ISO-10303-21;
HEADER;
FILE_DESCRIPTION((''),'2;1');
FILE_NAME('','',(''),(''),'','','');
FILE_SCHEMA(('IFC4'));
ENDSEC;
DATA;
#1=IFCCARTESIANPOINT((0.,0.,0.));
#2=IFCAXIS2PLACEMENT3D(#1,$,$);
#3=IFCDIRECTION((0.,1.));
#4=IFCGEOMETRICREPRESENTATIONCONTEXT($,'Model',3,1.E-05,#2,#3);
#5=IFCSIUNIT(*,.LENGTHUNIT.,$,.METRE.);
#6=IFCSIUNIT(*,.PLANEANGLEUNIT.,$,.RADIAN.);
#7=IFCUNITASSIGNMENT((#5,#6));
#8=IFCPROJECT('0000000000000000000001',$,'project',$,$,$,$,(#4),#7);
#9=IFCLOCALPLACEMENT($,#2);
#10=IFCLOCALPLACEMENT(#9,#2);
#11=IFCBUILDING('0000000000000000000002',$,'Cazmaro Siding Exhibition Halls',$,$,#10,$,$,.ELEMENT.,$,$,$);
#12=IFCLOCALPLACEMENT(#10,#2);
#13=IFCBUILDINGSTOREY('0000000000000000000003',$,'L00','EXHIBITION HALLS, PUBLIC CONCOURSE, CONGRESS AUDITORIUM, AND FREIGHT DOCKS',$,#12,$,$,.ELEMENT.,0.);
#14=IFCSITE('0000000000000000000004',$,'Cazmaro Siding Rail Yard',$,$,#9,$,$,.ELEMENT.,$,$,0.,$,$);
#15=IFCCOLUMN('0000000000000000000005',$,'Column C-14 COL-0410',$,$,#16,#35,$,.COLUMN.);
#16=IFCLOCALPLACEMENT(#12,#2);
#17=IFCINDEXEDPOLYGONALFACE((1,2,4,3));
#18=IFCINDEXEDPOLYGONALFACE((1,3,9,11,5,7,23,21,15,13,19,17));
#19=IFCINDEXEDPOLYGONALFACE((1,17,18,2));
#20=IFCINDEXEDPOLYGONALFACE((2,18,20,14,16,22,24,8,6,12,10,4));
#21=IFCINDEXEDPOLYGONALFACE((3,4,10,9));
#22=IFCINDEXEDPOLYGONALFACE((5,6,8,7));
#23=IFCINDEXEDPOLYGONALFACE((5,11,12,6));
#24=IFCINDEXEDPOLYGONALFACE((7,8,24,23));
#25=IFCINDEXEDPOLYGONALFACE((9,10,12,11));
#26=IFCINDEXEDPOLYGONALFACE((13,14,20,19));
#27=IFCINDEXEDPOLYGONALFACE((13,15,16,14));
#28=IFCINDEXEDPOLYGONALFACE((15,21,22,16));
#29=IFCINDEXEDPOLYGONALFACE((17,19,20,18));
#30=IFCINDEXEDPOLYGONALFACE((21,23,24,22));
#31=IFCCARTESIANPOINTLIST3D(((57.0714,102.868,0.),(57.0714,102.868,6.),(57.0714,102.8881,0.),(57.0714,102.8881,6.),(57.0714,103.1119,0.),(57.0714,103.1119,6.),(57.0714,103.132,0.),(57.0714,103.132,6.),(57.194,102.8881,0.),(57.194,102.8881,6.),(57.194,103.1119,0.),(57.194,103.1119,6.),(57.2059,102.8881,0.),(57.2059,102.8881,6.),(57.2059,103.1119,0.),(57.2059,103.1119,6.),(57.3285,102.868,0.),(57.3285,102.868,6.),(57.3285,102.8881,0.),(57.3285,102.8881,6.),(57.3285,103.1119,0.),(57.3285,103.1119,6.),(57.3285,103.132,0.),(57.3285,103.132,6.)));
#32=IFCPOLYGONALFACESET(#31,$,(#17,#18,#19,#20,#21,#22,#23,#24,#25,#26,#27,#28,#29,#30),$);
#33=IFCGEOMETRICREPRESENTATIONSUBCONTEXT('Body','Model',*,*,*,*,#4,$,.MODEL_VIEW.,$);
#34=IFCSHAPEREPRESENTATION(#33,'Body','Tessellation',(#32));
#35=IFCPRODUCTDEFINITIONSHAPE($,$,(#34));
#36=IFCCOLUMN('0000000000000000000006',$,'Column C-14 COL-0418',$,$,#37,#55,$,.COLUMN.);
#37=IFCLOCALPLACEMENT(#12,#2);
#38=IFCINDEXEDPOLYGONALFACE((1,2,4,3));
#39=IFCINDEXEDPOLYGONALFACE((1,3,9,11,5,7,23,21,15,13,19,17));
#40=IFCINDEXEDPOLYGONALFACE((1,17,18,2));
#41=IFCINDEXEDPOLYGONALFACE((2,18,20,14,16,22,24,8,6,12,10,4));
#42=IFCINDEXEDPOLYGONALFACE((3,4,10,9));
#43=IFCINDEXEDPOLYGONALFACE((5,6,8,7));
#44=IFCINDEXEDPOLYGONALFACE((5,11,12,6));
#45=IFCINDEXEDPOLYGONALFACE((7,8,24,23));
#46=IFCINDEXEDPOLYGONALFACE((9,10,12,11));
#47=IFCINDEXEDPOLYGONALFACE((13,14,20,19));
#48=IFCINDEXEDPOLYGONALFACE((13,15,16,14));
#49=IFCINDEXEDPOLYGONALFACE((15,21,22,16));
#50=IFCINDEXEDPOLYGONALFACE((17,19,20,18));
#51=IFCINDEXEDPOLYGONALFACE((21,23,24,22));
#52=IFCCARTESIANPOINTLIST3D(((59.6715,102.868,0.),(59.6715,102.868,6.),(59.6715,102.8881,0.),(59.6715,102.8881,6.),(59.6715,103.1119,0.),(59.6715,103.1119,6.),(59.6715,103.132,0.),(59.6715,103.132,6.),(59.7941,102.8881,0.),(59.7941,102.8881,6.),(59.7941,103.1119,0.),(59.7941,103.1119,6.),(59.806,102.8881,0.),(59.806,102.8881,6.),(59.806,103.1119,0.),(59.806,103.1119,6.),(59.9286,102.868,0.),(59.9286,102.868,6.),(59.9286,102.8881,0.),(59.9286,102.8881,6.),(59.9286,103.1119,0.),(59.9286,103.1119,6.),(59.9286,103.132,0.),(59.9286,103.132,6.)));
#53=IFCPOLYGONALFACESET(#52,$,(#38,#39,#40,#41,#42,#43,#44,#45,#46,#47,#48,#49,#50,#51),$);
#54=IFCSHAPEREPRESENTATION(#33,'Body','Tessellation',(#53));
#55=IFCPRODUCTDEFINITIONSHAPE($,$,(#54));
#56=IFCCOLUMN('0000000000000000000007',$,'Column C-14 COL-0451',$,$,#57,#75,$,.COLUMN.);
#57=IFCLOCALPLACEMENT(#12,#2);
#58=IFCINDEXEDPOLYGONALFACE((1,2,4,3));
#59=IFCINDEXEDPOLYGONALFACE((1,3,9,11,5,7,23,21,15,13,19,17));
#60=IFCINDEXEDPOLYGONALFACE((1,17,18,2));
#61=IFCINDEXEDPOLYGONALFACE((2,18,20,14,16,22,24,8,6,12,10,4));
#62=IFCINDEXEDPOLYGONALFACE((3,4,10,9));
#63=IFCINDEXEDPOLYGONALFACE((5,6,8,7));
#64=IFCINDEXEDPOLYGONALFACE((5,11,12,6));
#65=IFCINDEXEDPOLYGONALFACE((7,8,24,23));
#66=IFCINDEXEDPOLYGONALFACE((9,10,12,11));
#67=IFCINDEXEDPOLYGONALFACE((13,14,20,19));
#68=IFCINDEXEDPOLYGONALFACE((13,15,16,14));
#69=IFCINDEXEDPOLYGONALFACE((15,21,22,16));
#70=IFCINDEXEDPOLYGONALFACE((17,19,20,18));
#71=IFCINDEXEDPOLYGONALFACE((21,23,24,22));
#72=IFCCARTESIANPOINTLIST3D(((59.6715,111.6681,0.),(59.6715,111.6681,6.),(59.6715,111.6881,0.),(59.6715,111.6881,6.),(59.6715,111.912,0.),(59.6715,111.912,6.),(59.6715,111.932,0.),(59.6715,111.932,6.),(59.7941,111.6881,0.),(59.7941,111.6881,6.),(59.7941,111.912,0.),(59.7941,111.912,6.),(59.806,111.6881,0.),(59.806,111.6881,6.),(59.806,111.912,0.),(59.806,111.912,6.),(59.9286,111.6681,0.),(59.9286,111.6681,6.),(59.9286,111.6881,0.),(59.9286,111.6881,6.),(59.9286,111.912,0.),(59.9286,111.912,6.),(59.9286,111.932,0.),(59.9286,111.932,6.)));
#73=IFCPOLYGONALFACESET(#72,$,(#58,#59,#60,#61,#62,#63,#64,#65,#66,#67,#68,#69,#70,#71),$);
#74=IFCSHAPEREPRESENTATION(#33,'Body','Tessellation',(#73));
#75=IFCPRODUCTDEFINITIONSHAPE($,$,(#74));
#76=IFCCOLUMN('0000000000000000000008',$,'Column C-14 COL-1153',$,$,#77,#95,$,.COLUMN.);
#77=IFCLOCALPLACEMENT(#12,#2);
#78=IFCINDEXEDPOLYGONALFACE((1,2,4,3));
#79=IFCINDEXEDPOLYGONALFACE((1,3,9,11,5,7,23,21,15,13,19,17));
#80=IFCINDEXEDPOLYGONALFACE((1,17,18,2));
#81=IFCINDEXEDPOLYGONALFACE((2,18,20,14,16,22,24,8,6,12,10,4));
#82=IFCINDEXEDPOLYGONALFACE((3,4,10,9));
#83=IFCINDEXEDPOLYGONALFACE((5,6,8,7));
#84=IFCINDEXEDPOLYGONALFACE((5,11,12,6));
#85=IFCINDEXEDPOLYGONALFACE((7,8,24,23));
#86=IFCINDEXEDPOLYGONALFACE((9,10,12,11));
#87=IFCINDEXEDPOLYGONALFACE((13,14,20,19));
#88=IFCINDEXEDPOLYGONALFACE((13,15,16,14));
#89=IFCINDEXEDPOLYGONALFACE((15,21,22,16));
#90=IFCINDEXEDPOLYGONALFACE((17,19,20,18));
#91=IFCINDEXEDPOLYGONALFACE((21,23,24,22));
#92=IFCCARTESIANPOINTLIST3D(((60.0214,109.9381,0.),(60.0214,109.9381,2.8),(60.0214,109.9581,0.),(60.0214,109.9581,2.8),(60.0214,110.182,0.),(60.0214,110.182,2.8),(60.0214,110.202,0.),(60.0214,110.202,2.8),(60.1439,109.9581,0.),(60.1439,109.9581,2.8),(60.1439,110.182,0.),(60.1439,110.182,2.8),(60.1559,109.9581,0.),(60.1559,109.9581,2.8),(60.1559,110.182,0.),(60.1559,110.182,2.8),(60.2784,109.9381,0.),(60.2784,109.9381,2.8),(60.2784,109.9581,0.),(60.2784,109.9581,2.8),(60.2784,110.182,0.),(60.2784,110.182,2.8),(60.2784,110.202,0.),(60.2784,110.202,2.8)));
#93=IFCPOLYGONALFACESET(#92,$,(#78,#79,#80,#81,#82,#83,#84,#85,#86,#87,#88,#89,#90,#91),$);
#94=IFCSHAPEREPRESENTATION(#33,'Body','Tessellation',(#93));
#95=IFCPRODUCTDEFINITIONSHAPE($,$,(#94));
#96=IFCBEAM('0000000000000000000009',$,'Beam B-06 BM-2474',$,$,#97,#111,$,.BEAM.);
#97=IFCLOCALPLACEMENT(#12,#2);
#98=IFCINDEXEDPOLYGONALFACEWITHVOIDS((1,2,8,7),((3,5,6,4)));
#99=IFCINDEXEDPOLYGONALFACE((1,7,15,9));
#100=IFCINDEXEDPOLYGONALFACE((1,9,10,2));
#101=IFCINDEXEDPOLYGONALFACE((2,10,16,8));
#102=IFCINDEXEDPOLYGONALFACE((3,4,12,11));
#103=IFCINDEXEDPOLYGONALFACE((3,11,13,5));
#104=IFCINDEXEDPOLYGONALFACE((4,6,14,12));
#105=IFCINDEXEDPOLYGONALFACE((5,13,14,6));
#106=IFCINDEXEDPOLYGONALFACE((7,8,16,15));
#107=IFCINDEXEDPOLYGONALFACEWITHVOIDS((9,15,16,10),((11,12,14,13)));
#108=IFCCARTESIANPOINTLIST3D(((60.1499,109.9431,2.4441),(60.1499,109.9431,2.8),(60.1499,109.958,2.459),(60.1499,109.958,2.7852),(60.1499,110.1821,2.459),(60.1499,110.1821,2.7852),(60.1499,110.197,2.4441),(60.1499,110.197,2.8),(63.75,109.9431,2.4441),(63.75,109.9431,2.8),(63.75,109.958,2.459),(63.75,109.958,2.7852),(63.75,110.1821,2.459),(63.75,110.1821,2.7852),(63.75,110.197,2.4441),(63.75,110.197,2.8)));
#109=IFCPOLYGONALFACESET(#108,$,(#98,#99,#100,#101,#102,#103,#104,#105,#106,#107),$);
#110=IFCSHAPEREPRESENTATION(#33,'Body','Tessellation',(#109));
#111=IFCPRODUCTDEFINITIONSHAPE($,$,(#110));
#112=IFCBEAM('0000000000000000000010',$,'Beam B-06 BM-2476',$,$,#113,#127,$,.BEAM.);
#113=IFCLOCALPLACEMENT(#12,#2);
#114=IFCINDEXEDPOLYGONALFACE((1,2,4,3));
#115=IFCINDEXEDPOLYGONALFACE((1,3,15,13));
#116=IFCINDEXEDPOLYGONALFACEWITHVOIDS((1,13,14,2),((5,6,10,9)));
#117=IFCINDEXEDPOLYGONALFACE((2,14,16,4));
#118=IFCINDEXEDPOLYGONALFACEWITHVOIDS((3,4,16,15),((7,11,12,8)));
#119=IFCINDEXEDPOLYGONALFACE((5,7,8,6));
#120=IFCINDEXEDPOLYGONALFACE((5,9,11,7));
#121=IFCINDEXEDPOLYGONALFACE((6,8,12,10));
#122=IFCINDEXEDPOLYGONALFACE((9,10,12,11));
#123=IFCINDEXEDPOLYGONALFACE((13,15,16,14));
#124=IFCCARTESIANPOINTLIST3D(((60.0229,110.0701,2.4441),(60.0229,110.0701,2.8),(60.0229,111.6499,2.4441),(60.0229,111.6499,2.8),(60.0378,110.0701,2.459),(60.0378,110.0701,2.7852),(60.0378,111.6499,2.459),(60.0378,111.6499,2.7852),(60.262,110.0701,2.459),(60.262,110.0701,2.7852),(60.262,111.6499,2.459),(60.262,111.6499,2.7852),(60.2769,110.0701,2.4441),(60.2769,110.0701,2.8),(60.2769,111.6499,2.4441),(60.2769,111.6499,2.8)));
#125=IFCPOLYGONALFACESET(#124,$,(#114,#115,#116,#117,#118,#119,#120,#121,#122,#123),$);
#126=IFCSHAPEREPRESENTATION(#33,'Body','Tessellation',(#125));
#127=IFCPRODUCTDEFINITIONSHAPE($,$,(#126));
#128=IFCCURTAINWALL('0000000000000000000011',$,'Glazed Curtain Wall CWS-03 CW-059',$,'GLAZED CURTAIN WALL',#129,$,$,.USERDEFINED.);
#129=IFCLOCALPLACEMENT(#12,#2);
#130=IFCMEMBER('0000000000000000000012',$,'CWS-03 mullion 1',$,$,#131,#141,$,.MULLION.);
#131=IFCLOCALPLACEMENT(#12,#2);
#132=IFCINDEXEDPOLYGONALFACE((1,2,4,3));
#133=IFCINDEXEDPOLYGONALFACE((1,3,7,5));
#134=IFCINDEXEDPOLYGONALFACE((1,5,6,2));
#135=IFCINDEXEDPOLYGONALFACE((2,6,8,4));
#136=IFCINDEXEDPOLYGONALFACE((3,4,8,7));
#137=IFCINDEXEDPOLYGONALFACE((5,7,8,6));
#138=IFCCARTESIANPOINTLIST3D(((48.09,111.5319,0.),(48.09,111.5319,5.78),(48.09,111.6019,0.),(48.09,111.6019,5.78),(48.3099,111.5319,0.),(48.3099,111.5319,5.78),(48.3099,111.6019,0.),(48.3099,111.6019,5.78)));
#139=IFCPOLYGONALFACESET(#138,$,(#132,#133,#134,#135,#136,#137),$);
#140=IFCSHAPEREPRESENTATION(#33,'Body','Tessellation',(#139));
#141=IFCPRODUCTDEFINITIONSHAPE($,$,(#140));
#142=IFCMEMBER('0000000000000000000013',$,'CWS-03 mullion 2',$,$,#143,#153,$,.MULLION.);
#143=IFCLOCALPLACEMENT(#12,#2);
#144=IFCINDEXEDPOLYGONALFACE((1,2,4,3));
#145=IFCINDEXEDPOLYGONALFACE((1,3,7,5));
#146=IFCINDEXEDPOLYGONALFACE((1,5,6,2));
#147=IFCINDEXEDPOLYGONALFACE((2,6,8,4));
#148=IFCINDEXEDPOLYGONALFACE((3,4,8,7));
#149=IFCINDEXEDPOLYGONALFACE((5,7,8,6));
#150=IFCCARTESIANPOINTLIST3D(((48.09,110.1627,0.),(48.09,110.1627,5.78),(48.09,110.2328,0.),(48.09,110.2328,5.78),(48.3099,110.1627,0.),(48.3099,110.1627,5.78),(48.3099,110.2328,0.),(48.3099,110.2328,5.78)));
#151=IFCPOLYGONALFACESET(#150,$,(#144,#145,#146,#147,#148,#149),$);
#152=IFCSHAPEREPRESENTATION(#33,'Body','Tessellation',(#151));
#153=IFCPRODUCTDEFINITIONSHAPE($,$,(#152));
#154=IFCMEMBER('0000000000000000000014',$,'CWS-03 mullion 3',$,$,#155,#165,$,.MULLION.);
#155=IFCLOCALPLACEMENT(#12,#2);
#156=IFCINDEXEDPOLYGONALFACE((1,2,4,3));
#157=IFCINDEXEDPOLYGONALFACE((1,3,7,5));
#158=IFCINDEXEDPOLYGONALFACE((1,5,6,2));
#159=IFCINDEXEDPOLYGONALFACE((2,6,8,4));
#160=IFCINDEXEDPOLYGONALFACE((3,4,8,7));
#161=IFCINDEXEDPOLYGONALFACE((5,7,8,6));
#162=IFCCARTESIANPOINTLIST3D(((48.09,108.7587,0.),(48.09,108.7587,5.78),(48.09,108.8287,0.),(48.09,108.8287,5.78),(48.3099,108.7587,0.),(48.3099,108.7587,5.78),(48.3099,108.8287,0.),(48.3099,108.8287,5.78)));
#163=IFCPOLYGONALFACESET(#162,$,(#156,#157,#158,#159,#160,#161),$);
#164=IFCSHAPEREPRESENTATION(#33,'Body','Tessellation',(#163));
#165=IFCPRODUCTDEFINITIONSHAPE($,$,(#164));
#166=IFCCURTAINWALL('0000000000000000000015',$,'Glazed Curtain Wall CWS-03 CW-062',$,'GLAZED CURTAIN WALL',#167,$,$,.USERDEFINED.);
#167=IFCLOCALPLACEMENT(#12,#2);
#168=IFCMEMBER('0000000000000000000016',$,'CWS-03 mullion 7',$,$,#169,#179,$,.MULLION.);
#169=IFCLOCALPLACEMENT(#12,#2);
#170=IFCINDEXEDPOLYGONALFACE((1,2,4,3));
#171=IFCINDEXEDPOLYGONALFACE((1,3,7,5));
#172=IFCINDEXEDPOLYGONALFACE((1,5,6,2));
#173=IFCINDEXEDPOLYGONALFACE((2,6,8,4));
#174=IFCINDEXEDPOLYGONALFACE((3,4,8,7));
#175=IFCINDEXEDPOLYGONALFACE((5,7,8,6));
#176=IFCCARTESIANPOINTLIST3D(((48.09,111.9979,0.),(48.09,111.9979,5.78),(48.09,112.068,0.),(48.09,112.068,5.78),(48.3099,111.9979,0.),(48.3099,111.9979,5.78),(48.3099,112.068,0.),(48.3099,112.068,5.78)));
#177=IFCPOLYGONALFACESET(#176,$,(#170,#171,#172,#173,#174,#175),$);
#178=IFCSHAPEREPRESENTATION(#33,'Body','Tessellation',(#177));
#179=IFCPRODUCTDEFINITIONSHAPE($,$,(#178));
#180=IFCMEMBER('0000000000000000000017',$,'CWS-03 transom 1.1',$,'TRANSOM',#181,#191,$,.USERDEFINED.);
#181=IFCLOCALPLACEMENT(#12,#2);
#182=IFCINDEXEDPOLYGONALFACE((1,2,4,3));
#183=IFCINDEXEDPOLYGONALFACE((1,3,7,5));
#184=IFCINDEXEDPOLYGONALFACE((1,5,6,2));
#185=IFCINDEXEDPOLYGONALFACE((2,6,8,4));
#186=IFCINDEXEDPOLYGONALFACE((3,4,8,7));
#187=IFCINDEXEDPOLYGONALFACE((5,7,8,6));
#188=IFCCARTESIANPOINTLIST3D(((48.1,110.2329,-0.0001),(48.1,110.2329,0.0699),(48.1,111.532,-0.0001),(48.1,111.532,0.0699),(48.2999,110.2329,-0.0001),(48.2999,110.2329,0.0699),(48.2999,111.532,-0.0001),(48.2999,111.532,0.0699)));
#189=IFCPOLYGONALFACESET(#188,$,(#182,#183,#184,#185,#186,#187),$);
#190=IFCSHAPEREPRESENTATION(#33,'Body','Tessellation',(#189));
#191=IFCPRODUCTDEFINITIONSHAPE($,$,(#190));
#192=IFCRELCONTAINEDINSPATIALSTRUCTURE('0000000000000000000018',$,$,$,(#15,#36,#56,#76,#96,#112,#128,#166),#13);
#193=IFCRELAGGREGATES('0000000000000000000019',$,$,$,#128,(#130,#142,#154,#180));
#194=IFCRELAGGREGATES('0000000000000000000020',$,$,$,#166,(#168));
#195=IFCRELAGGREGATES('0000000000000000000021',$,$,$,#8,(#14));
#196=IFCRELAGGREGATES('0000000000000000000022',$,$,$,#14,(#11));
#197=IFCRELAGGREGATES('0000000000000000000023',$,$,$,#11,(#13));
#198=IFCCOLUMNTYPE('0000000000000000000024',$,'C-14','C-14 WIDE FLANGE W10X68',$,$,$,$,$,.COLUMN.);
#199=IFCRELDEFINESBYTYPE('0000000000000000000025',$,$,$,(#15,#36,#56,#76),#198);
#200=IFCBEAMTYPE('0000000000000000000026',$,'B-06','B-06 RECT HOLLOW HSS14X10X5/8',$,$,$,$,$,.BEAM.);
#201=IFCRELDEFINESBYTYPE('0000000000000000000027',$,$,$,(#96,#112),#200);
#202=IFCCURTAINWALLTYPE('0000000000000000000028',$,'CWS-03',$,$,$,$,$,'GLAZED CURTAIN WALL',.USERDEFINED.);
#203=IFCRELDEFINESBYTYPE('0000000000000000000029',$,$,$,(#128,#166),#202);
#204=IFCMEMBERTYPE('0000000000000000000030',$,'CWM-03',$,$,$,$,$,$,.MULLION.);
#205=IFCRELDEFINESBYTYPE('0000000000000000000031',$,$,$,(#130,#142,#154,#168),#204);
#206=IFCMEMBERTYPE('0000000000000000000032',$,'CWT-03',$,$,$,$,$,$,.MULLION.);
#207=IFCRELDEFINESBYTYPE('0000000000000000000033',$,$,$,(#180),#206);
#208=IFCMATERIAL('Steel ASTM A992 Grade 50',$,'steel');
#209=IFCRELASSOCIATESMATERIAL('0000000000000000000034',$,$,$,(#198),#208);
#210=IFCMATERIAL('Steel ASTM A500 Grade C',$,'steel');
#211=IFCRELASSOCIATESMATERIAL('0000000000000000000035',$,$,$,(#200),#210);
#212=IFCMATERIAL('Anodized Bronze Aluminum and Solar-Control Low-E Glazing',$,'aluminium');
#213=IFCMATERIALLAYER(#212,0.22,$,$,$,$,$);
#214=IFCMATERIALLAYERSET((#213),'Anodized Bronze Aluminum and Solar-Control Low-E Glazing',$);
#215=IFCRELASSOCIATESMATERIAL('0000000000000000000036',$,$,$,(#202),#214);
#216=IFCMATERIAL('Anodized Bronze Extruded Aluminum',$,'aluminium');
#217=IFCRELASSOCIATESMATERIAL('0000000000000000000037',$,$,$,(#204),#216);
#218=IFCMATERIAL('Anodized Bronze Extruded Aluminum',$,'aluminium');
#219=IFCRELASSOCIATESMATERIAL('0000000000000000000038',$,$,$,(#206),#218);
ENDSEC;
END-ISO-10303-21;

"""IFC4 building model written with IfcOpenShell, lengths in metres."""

from ifc_helpers import new_model, si_unit, direction, frame, origin, origin_2d, place, context, subcontext, project, spatial, rectangle, hollow_rectangle, i_section, extrude, material, layer, layer_set, material_profile, profile_set, type_object, element, aggregate, save


model = new_model("IFC4")

# Units and contexts
model_context = context("Model", 3, precision=1e-05, world=origin(), true_north=direction((0.0, 1.0)))
body_context = subcontext(model_context, "Body", "Model", "MODEL_VIEW")
ifc_project = project(units=[si_unit("LENGTHUNIT", "METRE"), si_unit("PLANEANGLEUNIT", "RADIAN")], contexts=[model_context])

# Site, building, storey
site_placement = place(None, origin())
site = spatial("IfcSite", under=ifc_project, at=site_placement, Name="Cazmaro Siding Rail Yard", CompositionType="ELEMENT", RefElevation=0.0)
building_placement = place(site_placement, origin())
building = spatial("IfcBuilding", under=site, at=building_placement, Name="Cazmaro Siding Exhibition Halls", CompositionType="ELEMENT")
storey_placement = place(building_placement, origin())
storey = spatial("IfcBuildingStorey", under=building, at=storey_placement, Name="L00", Description="EXHIBITION HALLS, PUBLIC CONCOURSE, CONGRESS AUDITORIUM, AND FREIGHT DOCKS", CompositionType="ELEMENT", Elevation=0.0)

# Columns
ifc_material_1 = material(Name="Steel ASTM A992 Grade 50", Category="steel")
ifc_material_profile_1 = material_profile(ifc_material_1, i_section(OverallWidth=0.2571, OverallDepth=0.2639, WebThickness=0.012, FlangeThickness=0.02, at=origin_2d()), Name="W10X68")
ifc_profile_set_1 = profile_set([ifc_material_profile_1], Name="Steel ASTM A992 Grade 50")
column_type_1 = type_object("IfcColumnType", Name="C-14", Description="C-14 WIDE FLANGE W10X68", PredefinedType="COLUMN", material=ifc_profile_set_1)
for number, where, z_axis, x_axis, name in (
    (1, (57.2, 103.0, 0.0), (0.0, 0.0, 1.0), (1.0, 0.0, 0.0), "Column C-14 COL-0410"),
    (2, (59.8, 103.0, 0.0), (0.0, 0.0, 1.0), (1.0, 0.0, 0.0), "Column C-14 COL-0418"),
    (3, (59.8, 111.8, 0.0), (0.0, 0.0, 1.0), (1.0, 0.0, 0.0), "Column C-14 COL-0451"),
):
    element("IfcColumn", number, at=place(storey_placement, frame(where, z_axis=z_axis, x_axis=x_axis)), inside=storey, type_object=column_type_1, Name=name, PredefinedType="COLUMN", context=body_context, shape_type="SweptSolid", body=[
        extrude(i_section(OverallWidth=0.2571, OverallDepth=0.2639, WebThickness=0.012, FlangeThickness=0.02, at=origin_2d()), origin(), (0.0, 0.0, 1.0), 6.0),
    ])
column_placement = place(storey_placement, frame((60.1499, 110.0701, 0.0), z_axis=(0.0, 0.0, 1.0), x_axis=(1.0, 0.0, 0.0)))
element("IfcColumn", 4, at=column_placement, inside=storey, type_object=column_type_1, Name="Column C-14 COL-1153", PredefinedType="COLUMN", context=body_context, shape_type="SweptSolid", body=[
    extrude(i_section(OverallWidth=0.2571, OverallDepth=0.2639, WebThickness=0.012, FlangeThickness=0.02, at=origin_2d()), origin(), (0.0, 0.0, 1.0), 2.8),
])

# Beams
ifc_material_2 = material(Name="Steel ASTM A500 Grade C", Category="steel")
ifc_material_profile_2 = material_profile(ifc_material_2, hollow_rectangle(XDim=0.2539, YDim=0.356, WallThickness=0.0149, at=origin_2d()), Name="HSS14X10X5/8")
ifc_profile_set_2 = profile_set([ifc_material_profile_2], Name="Steel ASTM A500 Grade C")
beam_type = type_object("IfcBeamType", Name="B-06", Description="B-06 RECT HOLLOW HSS14X10X5/8", PredefinedType="BEAM", material=ifc_profile_set_2)
beam_1_placement = place(storey_placement, frame((60.1499, 110.0701, 2.6221), z_axis=(1.0, 0.0, 0.0), x_axis=(0.0, 1.0, 0.0)))
element("IfcBeam", 5, at=beam_1_placement, inside=storey, type_object=beam_type, Name="Beam B-06 BM-2474", PredefinedType="BEAM", context=body_context, shape_type="SweptSolid", body=[
    extrude(hollow_rectangle(XDim=0.2539, YDim=0.356, WallThickness=0.0149, at=origin_2d()), origin(), (0.0, 0.0, 1.0), 3.6001),
])
beam_2_placement = place(storey_placement, frame((60.1499, 110.0701, 2.6221), z_axis=(0.0, 1.0, 0.0), x_axis=(-1.0, 0.0, 0.0)))
element("IfcBeam", 6, at=beam_2_placement, inside=storey, type_object=beam_type, Name="Beam B-06 BM-2476", PredefinedType="BEAM", context=body_context, shape_type="SweptSolid", body=[
    extrude(hollow_rectangle(XDim=0.2539, YDim=0.356, WallThickness=0.0149, at=origin_2d()), origin(), (0.0, 0.0, 1.0), 1.5798),
])

# Curtain wall, members
ifc_material_3 = material(Name="Anodized Bronze Aluminum and Solar-Control Low-E Glazing", Category="aluminium")
ifc_layer_1 = layer(ifc_material_3, 0.22)
ifc_layer_set_1 = layer_set([ifc_layer_1], Name="Anodized Bronze Aluminum and Solar-Control Low-E Glazing")
curtain_wall_type = type_object("IfcCurtainWallType", Name="CWS-03", ElementType="GLAZED CURTAIN WALL", PredefinedType="USERDEFINED", material=ifc_layer_set_1)
curtain_wall_1_placement = place(storey_placement, origin())
curtain_wall_1 = element("IfcCurtainWall", 7, at=curtain_wall_1_placement, inside=storey, type_object=curtain_wall_type, Name="Glazed Curtain Wall CWS-03 CW-059", ObjectType="GLAZED CURTAIN WALL", PredefinedType="USERDEFINED")
ifc_material_4 = material(Name="Anodized Bronze Extruded Aluminum", Category="aluminium")
ifc_material_profile_3 = material_profile(ifc_material_4, rectangle(XDim=0.22, YDim=0.0701, at=origin_2d()), Name="CWM-03")
ifc_profile_set_3 = profile_set([ifc_material_profile_3], Name="Anodized Bronze Extruded Aluminum")
member_type_1 = type_object("IfcMemberType", Name="CWM-03", PredefinedType="MULLION", material=ifc_profile_set_3)
member_1_placement = place(storey_placement, frame((48.2, 111.5669, 0.0), z_axis=(0.0, 0.0, 1.0), x_axis=(1.0, 0.0, 0.0)))
member_1 = element("IfcMember", 8, at=member_1_placement, type_object=member_type_1, Name="CWS-03 mullion 1", PredefinedType="MULLION", context=body_context, shape_type="SweptSolid", body=[
    extrude(rectangle(XDim=0.22, YDim=0.0701, at=origin_2d()), origin(), (0.0, 0.0, 1.0), 5.78),
])
member_2_placement = place(storey_placement, frame((48.2, 110.1978, 0.0), z_axis=(0.0, 0.0, 1.0), x_axis=(1.0, 0.0, 0.0)))
member_2 = element("IfcMember", 9, at=member_2_placement, type_object=member_type_1, Name="CWS-03 mullion 2", PredefinedType="MULLION", context=body_context, shape_type="SweptSolid", body=[
    extrude(rectangle(XDim=0.22, YDim=0.0701, at=origin_2d()), origin(), (0.0, 0.0, 1.0), 5.78),
])
member_3_placement = place(storey_placement, frame((48.2, 108.7937, 0.0), z_axis=(0.0, 0.0, 1.0), x_axis=(1.0, 0.0, 0.0)))
member_3 = element("IfcMember", 10, at=member_3_placement, type_object=member_type_1, Name="CWS-03 mullion 3", PredefinedType="MULLION", context=body_context, shape_type="SweptSolid", body=[
    extrude(rectangle(XDim=0.22, YDim=0.0701, at=origin_2d()), origin(), (0.0, 0.0, 1.0), 5.78),
])

# Curtain wall, member
curtain_wall_2_placement = place(storey_placement, origin())
curtain_wall_2 = element("IfcCurtainWall", 11, at=curtain_wall_2_placement, inside=storey, type_object=curtain_wall_type, Name="Glazed Curtain Wall CWS-03 CW-062", ObjectType="GLAZED CURTAIN WALL", PredefinedType="USERDEFINED")
member_4_placement = place(storey_placement, frame((48.2, 112.033, 0.0), z_axis=(0.0, 0.0, 1.0), x_axis=(1.0, 0.0, 0.0)))
member_4 = element("IfcMember", 12, at=member_4_placement, type_object=member_type_1, Name="CWS-03 mullion 7", PredefinedType="MULLION", context=body_context, shape_type="SweptSolid", body=[
    extrude(rectangle(XDim=0.22, YDim=0.0701, at=origin_2d()), origin(), (0.0, 0.0, 1.0), 5.78),
])

# Member
ifc_material_5 = material(Name="Anodized Bronze Extruded Aluminum", Category="aluminium")
ifc_material_profile_4 = material_profile(ifc_material_5, rectangle(XDim=0.2, YDim=0.0701, at=origin_2d()), Name="CWT-03")
ifc_profile_set_4 = profile_set([ifc_material_profile_4], Name="Anodized Bronze Extruded Aluminum")
member_type_2 = type_object("IfcMemberType", Name="CWT-03", PredefinedType="MULLION", material=ifc_profile_set_4)
member_5_placement = place(storey_placement, frame((48.2, 111.532, 0.0349), z_axis=(0.0, -1.0, 0.0), x_axis=(1.0, 0.0, 0.0)))
member_5 = element("IfcMember", 13, at=member_5_placement, type_object=member_type_2, Name="CWS-03 transom 1.1", ObjectType="TRANSOM", PredefinedType="USERDEFINED", context=body_context, shape_type="SweptSolid", body=[
    extrude(rectangle(XDim=0.2, YDim=0.0701, at=origin_2d()), origin(), (0.0, 0.0, 1.0), 1.2991),
])

aggregate(curtain_wall_1, [member_1, member_2, member_3, member_5])
aggregate(curtain_wall_2, [member_4])

save(model, "model.ifc")
